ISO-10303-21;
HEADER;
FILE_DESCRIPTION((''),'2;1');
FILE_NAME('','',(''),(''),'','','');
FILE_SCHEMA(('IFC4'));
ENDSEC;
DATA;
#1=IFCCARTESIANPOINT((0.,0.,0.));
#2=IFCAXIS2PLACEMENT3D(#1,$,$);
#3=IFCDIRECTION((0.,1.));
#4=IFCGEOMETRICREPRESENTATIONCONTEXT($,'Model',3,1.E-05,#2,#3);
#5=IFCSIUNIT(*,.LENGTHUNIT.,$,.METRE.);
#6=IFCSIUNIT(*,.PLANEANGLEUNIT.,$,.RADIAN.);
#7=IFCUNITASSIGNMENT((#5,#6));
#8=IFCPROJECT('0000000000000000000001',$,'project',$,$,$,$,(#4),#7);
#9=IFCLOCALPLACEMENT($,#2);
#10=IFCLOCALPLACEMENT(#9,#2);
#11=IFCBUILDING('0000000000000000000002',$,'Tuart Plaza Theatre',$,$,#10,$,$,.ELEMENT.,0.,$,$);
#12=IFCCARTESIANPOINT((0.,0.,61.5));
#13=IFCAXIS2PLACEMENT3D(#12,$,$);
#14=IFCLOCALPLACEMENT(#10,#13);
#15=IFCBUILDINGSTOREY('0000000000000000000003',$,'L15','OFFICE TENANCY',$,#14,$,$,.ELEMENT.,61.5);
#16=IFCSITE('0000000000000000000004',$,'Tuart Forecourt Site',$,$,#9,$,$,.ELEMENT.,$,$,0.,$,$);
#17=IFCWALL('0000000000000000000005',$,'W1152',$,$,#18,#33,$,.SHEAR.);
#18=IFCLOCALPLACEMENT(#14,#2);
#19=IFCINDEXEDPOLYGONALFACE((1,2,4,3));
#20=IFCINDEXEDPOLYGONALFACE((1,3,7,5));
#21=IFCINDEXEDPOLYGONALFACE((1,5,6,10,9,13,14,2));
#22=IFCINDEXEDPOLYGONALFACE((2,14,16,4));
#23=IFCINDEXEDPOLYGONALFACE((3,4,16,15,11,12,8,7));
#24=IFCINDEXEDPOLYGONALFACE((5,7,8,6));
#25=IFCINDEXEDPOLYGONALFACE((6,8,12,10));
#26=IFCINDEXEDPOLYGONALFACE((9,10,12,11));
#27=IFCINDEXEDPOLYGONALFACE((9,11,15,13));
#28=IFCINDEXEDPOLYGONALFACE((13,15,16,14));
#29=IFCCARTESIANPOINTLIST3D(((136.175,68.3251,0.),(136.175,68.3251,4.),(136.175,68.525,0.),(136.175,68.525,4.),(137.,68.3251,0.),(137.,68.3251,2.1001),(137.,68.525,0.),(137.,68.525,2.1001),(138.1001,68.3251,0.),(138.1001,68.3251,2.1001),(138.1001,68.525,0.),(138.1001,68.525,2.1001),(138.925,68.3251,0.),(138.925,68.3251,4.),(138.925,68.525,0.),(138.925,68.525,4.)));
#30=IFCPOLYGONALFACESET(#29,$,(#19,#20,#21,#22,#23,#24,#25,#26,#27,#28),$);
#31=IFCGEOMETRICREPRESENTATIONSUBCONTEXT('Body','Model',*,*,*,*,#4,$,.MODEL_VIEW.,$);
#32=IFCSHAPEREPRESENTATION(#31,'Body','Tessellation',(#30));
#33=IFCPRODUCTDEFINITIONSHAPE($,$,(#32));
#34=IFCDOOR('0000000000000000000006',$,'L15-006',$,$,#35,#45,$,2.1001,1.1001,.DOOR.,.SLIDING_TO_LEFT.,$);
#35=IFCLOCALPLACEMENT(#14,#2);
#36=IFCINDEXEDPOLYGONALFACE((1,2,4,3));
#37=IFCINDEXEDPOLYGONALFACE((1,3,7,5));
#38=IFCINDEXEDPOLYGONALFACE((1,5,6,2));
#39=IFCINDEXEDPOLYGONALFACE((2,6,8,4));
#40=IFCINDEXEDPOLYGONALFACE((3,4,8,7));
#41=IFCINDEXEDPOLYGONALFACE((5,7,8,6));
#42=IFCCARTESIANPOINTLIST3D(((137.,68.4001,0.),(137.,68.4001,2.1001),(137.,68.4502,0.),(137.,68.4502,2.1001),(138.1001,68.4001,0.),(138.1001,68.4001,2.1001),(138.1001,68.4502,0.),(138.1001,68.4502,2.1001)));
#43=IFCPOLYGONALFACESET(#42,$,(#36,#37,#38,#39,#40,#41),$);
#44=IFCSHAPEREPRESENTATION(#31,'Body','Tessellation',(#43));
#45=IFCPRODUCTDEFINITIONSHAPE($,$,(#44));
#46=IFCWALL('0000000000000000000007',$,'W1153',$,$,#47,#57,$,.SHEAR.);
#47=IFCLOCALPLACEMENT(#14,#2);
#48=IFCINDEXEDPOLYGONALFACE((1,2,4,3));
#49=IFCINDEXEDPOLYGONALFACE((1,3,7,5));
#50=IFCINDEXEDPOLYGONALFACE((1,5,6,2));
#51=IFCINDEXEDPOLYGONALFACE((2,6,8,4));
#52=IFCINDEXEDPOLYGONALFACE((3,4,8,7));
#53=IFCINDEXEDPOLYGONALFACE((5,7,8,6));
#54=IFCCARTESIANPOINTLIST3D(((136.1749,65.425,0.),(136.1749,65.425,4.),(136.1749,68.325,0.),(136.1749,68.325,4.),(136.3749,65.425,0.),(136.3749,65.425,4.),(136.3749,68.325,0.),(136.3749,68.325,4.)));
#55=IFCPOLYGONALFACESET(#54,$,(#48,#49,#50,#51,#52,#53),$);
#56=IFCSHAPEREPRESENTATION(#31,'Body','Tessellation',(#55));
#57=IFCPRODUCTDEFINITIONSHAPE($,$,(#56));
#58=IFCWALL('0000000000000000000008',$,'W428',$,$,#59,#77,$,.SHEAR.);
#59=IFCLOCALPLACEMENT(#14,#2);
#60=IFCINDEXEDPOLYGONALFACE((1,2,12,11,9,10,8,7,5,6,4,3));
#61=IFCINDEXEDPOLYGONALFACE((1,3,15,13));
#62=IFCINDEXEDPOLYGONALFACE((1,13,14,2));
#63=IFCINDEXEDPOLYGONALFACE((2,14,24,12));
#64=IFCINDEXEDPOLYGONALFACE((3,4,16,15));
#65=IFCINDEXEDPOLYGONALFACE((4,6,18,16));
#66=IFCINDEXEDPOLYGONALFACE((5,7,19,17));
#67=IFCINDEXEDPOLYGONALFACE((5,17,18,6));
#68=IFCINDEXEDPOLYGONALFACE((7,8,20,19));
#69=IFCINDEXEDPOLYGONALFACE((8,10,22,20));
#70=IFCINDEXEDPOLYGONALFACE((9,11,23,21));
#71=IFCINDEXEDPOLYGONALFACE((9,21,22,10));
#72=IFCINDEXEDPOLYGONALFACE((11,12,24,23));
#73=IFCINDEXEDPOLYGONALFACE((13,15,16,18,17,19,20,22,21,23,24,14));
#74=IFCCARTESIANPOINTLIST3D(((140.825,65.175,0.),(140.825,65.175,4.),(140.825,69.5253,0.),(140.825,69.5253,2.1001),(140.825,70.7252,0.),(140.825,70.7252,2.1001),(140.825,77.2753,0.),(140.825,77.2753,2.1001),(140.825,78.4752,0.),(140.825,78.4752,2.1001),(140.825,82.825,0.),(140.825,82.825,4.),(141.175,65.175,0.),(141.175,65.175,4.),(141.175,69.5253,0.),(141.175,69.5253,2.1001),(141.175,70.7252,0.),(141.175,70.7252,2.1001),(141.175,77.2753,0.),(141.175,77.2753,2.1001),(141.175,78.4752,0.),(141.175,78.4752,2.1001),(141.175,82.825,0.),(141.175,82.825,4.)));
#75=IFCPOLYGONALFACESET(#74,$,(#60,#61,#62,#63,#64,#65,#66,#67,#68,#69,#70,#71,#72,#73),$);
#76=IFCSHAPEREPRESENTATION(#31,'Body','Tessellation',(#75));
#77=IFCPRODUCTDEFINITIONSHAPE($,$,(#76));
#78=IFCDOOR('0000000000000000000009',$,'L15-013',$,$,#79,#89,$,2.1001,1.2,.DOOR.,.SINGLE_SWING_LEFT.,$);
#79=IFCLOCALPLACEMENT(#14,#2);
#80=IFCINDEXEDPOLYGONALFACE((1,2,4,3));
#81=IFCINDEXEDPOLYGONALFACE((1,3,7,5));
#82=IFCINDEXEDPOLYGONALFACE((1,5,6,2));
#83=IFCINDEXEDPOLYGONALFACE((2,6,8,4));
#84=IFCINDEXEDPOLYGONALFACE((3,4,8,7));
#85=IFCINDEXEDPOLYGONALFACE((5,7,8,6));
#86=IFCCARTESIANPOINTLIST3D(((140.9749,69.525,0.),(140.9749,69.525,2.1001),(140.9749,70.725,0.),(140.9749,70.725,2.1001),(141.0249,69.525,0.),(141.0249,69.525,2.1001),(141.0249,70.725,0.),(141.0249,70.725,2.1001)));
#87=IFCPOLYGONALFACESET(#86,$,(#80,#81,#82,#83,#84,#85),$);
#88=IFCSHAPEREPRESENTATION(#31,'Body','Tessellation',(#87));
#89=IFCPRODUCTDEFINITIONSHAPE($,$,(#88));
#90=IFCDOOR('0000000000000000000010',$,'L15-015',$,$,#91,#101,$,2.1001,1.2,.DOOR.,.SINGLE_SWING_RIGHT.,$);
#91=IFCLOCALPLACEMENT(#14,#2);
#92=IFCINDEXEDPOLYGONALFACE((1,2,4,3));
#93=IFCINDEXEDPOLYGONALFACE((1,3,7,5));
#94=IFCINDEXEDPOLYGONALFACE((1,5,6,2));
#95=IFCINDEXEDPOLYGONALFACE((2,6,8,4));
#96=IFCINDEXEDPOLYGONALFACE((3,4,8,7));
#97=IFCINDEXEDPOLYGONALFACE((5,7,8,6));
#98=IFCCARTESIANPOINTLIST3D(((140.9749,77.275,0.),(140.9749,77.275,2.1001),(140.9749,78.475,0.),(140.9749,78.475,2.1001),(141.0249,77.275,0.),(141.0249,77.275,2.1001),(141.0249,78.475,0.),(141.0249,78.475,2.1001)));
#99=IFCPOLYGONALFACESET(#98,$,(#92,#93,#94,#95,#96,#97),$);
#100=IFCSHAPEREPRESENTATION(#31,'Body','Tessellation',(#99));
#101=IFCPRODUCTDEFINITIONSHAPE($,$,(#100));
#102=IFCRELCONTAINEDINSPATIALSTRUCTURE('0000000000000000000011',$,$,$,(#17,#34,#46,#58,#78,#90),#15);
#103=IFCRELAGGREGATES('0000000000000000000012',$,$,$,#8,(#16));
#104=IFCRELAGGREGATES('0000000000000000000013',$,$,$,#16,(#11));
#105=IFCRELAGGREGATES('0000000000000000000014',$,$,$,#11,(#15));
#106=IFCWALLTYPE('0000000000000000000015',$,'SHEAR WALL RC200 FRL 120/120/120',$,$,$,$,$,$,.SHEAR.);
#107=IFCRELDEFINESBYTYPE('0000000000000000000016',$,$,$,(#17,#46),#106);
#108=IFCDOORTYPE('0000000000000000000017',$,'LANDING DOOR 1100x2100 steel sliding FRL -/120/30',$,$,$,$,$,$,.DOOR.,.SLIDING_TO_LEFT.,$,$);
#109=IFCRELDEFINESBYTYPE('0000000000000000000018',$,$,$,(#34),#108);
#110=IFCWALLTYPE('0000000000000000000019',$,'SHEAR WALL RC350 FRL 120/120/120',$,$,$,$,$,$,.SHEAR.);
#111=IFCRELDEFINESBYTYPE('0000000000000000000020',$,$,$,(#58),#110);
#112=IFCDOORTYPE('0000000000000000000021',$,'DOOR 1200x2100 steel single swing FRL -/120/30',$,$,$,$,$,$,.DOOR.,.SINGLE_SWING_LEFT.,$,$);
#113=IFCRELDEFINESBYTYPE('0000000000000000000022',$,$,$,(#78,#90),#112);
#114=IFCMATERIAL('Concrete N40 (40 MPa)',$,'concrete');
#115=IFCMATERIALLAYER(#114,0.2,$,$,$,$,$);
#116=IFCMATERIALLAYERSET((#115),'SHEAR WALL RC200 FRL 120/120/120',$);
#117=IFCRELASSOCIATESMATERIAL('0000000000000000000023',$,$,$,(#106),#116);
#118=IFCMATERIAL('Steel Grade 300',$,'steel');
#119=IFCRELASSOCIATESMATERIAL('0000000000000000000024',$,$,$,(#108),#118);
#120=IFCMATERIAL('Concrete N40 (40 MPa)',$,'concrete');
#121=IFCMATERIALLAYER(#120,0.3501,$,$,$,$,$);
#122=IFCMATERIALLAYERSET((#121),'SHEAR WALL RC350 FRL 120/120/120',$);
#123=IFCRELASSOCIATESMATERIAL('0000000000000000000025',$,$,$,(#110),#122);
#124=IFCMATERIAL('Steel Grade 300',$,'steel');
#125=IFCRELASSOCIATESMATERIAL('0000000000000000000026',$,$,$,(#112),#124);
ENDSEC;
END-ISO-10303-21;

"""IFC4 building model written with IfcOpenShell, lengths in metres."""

from ifc_helpers import new_model, si_unit, direction, frame, frame_2d, origin, place, context, subcontext, project, spatial, rectangle, extrude, material, layer, layer_set, type_object, element, fill, save


model = new_model("IFC4")

# Units and contexts
model_context = context("Model", 3, precision=1e-05, world=origin(), true_north=direction((0.0, 1.0)))
body_context = subcontext(model_context, "Body", "Model", "MODEL_VIEW")
ifc_project = project(units=[si_unit("LENGTHUNIT", "METRE"), si_unit("PLANEANGLEUNIT", "RADIAN")], contexts=[model_context])

# Site, building, storey
site_placement = place(None, origin())
site = spatial("IfcSite", under=ifc_project, at=site_placement, Name="Tuart Forecourt Site", CompositionType="ELEMENT", RefElevation=0.0)
building_placement = place(site_placement, origin())
building = spatial("IfcBuilding", under=site, at=building_placement, Name="Tuart Plaza Theatre", CompositionType="ELEMENT", ElevationOfRefHeight=0.0)
storey_placement = place(building_placement, frame((0.0, 0.0, 61.5)))
storey = spatial("IfcBuildingStorey", under=building, at=storey_placement, Name="L15", Description="OFFICE TENANCY", CompositionType="ELEMENT", Elevation=61.5)

# Shared definitions
ifc_material_1 = material(Name="Concrete N40 (40 MPa)", Category="concrete")
ifc_layer_1 = layer(ifc_material_1, 0.2)
ifc_layer_set_1 = layer_set([ifc_layer_1], Name="SHEAR WALL RC200 FRL 120/120/120")
wall_type_1 = type_object("IfcWallType", Name="SHEAR WALL RC200 FRL 120/120/120", PredefinedType="SHEAR", material=ifc_layer_set_1)

# Shared definitions
ifc_material_2 = material(Name="Steel Grade 300", Category="steel")
door_type_1 = type_object("IfcDoorType", Name="LANDING DOOR 1100x2100 steel sliding FRL -/120/30", OperationType="SLIDING_TO_LEFT", PredefinedType="DOOR", material=ifc_material_2)

# Wall, opening, door
wall_1_placement = place(storey_placement, frame((138.925, 68.425, 0.0), z_axis=(0.0, 0.0, 1.0), x_axis=(-1.0, 0.0, 0.0)))
wall_1 = element("IfcWall", 1, at=wall_1_placement, inside=storey, type_object=wall_type_1, Name="W1152", PredefinedType="SHEAR", context=body_context, shape_type="SweptSolid", body=[
    extrude(rectangle(XDim=2.75, YDim=0.2, at=frame_2d((1.375, 0.0))), origin(), (0.0, 0.0, 1.0), 4.0),
])
opening_1_placement = place(wall_1_placement, frame((0.825, 0.0, 0.0)))
opening_1 = element("IfcOpeningElement", 2, at=opening_1_placement, cuts=wall_1, PredefinedType="OPENING", context=body_context, shape_type="SweptSolid", body=[
    extrude(rectangle(XDim=1.1001, YDim=2.1001, at=frame_2d((0.55, 1.05))), frame((0.0, 0.1099, 0.0), z_axis=(0.0, -1.0, 0.0), x_axis=(1.0, 0.0, 0.0)), (0.0, 0.0, 1.0), 0.22),
])
door_1_placement = place(opening_1_placement, origin())
door_1 = element("IfcDoor", 3, at=door_1_placement, inside=storey, type_object=door_type_1, Name="L15-006", OperationType="SLIDING_TO_LEFT", OverallHeight=2.1001, OverallWidth=1.1001, PredefinedType="DOOR", context=body_context, shape_type="SweptSolid", body=[
    extrude(rectangle(XDim=1.1001, YDim=2.1001, at=frame_2d((0.55, 1.05))), frame((0.0, 0.0249, 0.0), z_axis=(0.0, -1.0, 0.0), x_axis=(1.0, 0.0, 0.0)), (0.0, 0.0, 1.0), 0.05),
])
fill(opening_1, door_1)

# Wall
wall_2_placement = place(storey_placement, frame((136.2749, 68.325, 0.0), z_axis=(0.0, 0.0, 1.0), x_axis=(0.0, -1.0, 0.0)))
element("IfcWall", 4, at=wall_2_placement, inside=storey, type_object=wall_type_1, Name="W1153", PredefinedType="SHEAR", context=body_context, shape_type="SweptSolid", body=[
    extrude(rectangle(XDim=2.8999, YDim=0.2, at=frame_2d((1.45, 0.0))), origin(), (0.0, 0.0, 1.0), 4.0),
])

# Wall, openings, doors
ifc_material_3 = material(Name="Concrete N40 (40 MPa)", Category="concrete")
ifc_layer_2 = layer(ifc_material_3, 0.3501)
ifc_layer_set_2 = layer_set([ifc_layer_2], Name="SHEAR WALL RC350 FRL 120/120/120")
wall_type_2 = type_object("IfcWallType", Name="SHEAR WALL RC350 FRL 120/120/120", PredefinedType="SHEAR", material=ifc_layer_set_2)
wall_3_placement = place(storey_placement, frame((141.0, 65.175, 0.0), z_axis=(0.0, 0.0, 1.0), x_axis=(0.0, 1.0, 0.0)))
wall_3 = element("IfcWall", 5, at=wall_3_placement, inside=storey, type_object=wall_type_2, Name="W428", PredefinedType="SHEAR", context=body_context, shape_type="SweptSolid", body=[
    extrude(rectangle(XDim=17.6499, YDim=0.3501, at=frame_2d((8.825, 0.0))), origin(), (0.0, 0.0, 1.0), 4.0),
])
opening_2_placement = place(wall_3_placement, frame((4.3501, 0.0, 0.0)))
opening_2 = element("IfcOpeningElement", 6, at=opening_2_placement, cuts=wall_3, PredefinedType="OPENING", context=body_context, shape_type="SweptSolid", body=[
    extrude(rectangle(XDim=1.2, YDim=2.1001, at=frame_2d((0.6001, 1.05))), frame((0.0, 0.1851, 0.0), z_axis=(0.0, -1.0, 0.0), x_axis=(1.0, 0.0, 0.0)), (0.0, 0.0, 1.0), 0.3701),
])
opening_3_placement = place(wall_3_placement, frame((12.1001, 0.0, 0.0)))
opening_3 = element("IfcOpeningElement", 7, at=opening_3_placement, cuts=wall_3, PredefinedType="OPENING", context=body_context, shape_type="SweptSolid", body=[
    extrude(rectangle(XDim=1.2, YDim=2.1001, at=frame_2d((0.6001, 1.05))), frame((0.0, 0.1851, 0.0), z_axis=(0.0, -1.0, 0.0), x_axis=(1.0, 0.0, 0.0)), (0.0, 0.0, 1.0), 0.3701),
])
ifc_material_4 = material(Name="Steel Grade 300", Category="steel")
door_type_2 = type_object("IfcDoorType", Name="DOOR 1200x2100 steel single swing FRL -/120/30", OperationType="SINGLE_SWING_LEFT", PredefinedType="DOOR", material=ifc_material_4)
door_2_placement = place(opening_2_placement, frame((1.2, 0.0, 0.0), z_axis=(0.0, 0.0, 1.0), x_axis=(-1.0, 0.0, 0.0)))
door_2 = element("IfcDoor", 8, at=door_2_placement, inside=storey, type_object=door_type_2, Name="L15-013", OperationType="SINGLE_SWING_LEFT", OverallHeight=2.1001, OverallWidth=1.2, PredefinedType="DOOR", context=body_context, shape_type="SweptSolid", body=[
    extrude(rectangle(XDim=1.2, YDim=2.1001, at=frame_2d((0.6001, 1.05))), frame((0.0, 0.0249, 0.0), z_axis=(0.0, -1.0, 0.0), x_axis=(1.0, 0.0, 0.0)), (0.0, 0.0, 1.0), 0.05),
])
fill(opening_2, door_2)
door_3_placement = place(opening_3_placement, frame((1.2, 0.0, 0.0), z_axis=(0.0, 0.0, 1.0), x_axis=(-1.0, 0.0, 0.0)))
door_3 = element("IfcDoor", 9, at=door_3_placement, inside=storey, type_object=door_type_2, Name="L15-015", OperationType="SINGLE_SWING_RIGHT", OverallHeight=2.1001, OverallWidth=1.2, PredefinedType="DOOR", context=body_context, shape_type="SweptSolid", body=[
    extrude(rectangle(XDim=1.2, YDim=2.1001, at=frame_2d((0.6001, 1.05))), frame((0.0, 0.0249, 0.0), z_axis=(0.0, -1.0, 0.0), x_axis=(1.0, 0.0, 0.0)), (0.0, 0.0, 1.0), 0.05),
])
fill(opening_3, door_3)

save(model, "model.ifc")
